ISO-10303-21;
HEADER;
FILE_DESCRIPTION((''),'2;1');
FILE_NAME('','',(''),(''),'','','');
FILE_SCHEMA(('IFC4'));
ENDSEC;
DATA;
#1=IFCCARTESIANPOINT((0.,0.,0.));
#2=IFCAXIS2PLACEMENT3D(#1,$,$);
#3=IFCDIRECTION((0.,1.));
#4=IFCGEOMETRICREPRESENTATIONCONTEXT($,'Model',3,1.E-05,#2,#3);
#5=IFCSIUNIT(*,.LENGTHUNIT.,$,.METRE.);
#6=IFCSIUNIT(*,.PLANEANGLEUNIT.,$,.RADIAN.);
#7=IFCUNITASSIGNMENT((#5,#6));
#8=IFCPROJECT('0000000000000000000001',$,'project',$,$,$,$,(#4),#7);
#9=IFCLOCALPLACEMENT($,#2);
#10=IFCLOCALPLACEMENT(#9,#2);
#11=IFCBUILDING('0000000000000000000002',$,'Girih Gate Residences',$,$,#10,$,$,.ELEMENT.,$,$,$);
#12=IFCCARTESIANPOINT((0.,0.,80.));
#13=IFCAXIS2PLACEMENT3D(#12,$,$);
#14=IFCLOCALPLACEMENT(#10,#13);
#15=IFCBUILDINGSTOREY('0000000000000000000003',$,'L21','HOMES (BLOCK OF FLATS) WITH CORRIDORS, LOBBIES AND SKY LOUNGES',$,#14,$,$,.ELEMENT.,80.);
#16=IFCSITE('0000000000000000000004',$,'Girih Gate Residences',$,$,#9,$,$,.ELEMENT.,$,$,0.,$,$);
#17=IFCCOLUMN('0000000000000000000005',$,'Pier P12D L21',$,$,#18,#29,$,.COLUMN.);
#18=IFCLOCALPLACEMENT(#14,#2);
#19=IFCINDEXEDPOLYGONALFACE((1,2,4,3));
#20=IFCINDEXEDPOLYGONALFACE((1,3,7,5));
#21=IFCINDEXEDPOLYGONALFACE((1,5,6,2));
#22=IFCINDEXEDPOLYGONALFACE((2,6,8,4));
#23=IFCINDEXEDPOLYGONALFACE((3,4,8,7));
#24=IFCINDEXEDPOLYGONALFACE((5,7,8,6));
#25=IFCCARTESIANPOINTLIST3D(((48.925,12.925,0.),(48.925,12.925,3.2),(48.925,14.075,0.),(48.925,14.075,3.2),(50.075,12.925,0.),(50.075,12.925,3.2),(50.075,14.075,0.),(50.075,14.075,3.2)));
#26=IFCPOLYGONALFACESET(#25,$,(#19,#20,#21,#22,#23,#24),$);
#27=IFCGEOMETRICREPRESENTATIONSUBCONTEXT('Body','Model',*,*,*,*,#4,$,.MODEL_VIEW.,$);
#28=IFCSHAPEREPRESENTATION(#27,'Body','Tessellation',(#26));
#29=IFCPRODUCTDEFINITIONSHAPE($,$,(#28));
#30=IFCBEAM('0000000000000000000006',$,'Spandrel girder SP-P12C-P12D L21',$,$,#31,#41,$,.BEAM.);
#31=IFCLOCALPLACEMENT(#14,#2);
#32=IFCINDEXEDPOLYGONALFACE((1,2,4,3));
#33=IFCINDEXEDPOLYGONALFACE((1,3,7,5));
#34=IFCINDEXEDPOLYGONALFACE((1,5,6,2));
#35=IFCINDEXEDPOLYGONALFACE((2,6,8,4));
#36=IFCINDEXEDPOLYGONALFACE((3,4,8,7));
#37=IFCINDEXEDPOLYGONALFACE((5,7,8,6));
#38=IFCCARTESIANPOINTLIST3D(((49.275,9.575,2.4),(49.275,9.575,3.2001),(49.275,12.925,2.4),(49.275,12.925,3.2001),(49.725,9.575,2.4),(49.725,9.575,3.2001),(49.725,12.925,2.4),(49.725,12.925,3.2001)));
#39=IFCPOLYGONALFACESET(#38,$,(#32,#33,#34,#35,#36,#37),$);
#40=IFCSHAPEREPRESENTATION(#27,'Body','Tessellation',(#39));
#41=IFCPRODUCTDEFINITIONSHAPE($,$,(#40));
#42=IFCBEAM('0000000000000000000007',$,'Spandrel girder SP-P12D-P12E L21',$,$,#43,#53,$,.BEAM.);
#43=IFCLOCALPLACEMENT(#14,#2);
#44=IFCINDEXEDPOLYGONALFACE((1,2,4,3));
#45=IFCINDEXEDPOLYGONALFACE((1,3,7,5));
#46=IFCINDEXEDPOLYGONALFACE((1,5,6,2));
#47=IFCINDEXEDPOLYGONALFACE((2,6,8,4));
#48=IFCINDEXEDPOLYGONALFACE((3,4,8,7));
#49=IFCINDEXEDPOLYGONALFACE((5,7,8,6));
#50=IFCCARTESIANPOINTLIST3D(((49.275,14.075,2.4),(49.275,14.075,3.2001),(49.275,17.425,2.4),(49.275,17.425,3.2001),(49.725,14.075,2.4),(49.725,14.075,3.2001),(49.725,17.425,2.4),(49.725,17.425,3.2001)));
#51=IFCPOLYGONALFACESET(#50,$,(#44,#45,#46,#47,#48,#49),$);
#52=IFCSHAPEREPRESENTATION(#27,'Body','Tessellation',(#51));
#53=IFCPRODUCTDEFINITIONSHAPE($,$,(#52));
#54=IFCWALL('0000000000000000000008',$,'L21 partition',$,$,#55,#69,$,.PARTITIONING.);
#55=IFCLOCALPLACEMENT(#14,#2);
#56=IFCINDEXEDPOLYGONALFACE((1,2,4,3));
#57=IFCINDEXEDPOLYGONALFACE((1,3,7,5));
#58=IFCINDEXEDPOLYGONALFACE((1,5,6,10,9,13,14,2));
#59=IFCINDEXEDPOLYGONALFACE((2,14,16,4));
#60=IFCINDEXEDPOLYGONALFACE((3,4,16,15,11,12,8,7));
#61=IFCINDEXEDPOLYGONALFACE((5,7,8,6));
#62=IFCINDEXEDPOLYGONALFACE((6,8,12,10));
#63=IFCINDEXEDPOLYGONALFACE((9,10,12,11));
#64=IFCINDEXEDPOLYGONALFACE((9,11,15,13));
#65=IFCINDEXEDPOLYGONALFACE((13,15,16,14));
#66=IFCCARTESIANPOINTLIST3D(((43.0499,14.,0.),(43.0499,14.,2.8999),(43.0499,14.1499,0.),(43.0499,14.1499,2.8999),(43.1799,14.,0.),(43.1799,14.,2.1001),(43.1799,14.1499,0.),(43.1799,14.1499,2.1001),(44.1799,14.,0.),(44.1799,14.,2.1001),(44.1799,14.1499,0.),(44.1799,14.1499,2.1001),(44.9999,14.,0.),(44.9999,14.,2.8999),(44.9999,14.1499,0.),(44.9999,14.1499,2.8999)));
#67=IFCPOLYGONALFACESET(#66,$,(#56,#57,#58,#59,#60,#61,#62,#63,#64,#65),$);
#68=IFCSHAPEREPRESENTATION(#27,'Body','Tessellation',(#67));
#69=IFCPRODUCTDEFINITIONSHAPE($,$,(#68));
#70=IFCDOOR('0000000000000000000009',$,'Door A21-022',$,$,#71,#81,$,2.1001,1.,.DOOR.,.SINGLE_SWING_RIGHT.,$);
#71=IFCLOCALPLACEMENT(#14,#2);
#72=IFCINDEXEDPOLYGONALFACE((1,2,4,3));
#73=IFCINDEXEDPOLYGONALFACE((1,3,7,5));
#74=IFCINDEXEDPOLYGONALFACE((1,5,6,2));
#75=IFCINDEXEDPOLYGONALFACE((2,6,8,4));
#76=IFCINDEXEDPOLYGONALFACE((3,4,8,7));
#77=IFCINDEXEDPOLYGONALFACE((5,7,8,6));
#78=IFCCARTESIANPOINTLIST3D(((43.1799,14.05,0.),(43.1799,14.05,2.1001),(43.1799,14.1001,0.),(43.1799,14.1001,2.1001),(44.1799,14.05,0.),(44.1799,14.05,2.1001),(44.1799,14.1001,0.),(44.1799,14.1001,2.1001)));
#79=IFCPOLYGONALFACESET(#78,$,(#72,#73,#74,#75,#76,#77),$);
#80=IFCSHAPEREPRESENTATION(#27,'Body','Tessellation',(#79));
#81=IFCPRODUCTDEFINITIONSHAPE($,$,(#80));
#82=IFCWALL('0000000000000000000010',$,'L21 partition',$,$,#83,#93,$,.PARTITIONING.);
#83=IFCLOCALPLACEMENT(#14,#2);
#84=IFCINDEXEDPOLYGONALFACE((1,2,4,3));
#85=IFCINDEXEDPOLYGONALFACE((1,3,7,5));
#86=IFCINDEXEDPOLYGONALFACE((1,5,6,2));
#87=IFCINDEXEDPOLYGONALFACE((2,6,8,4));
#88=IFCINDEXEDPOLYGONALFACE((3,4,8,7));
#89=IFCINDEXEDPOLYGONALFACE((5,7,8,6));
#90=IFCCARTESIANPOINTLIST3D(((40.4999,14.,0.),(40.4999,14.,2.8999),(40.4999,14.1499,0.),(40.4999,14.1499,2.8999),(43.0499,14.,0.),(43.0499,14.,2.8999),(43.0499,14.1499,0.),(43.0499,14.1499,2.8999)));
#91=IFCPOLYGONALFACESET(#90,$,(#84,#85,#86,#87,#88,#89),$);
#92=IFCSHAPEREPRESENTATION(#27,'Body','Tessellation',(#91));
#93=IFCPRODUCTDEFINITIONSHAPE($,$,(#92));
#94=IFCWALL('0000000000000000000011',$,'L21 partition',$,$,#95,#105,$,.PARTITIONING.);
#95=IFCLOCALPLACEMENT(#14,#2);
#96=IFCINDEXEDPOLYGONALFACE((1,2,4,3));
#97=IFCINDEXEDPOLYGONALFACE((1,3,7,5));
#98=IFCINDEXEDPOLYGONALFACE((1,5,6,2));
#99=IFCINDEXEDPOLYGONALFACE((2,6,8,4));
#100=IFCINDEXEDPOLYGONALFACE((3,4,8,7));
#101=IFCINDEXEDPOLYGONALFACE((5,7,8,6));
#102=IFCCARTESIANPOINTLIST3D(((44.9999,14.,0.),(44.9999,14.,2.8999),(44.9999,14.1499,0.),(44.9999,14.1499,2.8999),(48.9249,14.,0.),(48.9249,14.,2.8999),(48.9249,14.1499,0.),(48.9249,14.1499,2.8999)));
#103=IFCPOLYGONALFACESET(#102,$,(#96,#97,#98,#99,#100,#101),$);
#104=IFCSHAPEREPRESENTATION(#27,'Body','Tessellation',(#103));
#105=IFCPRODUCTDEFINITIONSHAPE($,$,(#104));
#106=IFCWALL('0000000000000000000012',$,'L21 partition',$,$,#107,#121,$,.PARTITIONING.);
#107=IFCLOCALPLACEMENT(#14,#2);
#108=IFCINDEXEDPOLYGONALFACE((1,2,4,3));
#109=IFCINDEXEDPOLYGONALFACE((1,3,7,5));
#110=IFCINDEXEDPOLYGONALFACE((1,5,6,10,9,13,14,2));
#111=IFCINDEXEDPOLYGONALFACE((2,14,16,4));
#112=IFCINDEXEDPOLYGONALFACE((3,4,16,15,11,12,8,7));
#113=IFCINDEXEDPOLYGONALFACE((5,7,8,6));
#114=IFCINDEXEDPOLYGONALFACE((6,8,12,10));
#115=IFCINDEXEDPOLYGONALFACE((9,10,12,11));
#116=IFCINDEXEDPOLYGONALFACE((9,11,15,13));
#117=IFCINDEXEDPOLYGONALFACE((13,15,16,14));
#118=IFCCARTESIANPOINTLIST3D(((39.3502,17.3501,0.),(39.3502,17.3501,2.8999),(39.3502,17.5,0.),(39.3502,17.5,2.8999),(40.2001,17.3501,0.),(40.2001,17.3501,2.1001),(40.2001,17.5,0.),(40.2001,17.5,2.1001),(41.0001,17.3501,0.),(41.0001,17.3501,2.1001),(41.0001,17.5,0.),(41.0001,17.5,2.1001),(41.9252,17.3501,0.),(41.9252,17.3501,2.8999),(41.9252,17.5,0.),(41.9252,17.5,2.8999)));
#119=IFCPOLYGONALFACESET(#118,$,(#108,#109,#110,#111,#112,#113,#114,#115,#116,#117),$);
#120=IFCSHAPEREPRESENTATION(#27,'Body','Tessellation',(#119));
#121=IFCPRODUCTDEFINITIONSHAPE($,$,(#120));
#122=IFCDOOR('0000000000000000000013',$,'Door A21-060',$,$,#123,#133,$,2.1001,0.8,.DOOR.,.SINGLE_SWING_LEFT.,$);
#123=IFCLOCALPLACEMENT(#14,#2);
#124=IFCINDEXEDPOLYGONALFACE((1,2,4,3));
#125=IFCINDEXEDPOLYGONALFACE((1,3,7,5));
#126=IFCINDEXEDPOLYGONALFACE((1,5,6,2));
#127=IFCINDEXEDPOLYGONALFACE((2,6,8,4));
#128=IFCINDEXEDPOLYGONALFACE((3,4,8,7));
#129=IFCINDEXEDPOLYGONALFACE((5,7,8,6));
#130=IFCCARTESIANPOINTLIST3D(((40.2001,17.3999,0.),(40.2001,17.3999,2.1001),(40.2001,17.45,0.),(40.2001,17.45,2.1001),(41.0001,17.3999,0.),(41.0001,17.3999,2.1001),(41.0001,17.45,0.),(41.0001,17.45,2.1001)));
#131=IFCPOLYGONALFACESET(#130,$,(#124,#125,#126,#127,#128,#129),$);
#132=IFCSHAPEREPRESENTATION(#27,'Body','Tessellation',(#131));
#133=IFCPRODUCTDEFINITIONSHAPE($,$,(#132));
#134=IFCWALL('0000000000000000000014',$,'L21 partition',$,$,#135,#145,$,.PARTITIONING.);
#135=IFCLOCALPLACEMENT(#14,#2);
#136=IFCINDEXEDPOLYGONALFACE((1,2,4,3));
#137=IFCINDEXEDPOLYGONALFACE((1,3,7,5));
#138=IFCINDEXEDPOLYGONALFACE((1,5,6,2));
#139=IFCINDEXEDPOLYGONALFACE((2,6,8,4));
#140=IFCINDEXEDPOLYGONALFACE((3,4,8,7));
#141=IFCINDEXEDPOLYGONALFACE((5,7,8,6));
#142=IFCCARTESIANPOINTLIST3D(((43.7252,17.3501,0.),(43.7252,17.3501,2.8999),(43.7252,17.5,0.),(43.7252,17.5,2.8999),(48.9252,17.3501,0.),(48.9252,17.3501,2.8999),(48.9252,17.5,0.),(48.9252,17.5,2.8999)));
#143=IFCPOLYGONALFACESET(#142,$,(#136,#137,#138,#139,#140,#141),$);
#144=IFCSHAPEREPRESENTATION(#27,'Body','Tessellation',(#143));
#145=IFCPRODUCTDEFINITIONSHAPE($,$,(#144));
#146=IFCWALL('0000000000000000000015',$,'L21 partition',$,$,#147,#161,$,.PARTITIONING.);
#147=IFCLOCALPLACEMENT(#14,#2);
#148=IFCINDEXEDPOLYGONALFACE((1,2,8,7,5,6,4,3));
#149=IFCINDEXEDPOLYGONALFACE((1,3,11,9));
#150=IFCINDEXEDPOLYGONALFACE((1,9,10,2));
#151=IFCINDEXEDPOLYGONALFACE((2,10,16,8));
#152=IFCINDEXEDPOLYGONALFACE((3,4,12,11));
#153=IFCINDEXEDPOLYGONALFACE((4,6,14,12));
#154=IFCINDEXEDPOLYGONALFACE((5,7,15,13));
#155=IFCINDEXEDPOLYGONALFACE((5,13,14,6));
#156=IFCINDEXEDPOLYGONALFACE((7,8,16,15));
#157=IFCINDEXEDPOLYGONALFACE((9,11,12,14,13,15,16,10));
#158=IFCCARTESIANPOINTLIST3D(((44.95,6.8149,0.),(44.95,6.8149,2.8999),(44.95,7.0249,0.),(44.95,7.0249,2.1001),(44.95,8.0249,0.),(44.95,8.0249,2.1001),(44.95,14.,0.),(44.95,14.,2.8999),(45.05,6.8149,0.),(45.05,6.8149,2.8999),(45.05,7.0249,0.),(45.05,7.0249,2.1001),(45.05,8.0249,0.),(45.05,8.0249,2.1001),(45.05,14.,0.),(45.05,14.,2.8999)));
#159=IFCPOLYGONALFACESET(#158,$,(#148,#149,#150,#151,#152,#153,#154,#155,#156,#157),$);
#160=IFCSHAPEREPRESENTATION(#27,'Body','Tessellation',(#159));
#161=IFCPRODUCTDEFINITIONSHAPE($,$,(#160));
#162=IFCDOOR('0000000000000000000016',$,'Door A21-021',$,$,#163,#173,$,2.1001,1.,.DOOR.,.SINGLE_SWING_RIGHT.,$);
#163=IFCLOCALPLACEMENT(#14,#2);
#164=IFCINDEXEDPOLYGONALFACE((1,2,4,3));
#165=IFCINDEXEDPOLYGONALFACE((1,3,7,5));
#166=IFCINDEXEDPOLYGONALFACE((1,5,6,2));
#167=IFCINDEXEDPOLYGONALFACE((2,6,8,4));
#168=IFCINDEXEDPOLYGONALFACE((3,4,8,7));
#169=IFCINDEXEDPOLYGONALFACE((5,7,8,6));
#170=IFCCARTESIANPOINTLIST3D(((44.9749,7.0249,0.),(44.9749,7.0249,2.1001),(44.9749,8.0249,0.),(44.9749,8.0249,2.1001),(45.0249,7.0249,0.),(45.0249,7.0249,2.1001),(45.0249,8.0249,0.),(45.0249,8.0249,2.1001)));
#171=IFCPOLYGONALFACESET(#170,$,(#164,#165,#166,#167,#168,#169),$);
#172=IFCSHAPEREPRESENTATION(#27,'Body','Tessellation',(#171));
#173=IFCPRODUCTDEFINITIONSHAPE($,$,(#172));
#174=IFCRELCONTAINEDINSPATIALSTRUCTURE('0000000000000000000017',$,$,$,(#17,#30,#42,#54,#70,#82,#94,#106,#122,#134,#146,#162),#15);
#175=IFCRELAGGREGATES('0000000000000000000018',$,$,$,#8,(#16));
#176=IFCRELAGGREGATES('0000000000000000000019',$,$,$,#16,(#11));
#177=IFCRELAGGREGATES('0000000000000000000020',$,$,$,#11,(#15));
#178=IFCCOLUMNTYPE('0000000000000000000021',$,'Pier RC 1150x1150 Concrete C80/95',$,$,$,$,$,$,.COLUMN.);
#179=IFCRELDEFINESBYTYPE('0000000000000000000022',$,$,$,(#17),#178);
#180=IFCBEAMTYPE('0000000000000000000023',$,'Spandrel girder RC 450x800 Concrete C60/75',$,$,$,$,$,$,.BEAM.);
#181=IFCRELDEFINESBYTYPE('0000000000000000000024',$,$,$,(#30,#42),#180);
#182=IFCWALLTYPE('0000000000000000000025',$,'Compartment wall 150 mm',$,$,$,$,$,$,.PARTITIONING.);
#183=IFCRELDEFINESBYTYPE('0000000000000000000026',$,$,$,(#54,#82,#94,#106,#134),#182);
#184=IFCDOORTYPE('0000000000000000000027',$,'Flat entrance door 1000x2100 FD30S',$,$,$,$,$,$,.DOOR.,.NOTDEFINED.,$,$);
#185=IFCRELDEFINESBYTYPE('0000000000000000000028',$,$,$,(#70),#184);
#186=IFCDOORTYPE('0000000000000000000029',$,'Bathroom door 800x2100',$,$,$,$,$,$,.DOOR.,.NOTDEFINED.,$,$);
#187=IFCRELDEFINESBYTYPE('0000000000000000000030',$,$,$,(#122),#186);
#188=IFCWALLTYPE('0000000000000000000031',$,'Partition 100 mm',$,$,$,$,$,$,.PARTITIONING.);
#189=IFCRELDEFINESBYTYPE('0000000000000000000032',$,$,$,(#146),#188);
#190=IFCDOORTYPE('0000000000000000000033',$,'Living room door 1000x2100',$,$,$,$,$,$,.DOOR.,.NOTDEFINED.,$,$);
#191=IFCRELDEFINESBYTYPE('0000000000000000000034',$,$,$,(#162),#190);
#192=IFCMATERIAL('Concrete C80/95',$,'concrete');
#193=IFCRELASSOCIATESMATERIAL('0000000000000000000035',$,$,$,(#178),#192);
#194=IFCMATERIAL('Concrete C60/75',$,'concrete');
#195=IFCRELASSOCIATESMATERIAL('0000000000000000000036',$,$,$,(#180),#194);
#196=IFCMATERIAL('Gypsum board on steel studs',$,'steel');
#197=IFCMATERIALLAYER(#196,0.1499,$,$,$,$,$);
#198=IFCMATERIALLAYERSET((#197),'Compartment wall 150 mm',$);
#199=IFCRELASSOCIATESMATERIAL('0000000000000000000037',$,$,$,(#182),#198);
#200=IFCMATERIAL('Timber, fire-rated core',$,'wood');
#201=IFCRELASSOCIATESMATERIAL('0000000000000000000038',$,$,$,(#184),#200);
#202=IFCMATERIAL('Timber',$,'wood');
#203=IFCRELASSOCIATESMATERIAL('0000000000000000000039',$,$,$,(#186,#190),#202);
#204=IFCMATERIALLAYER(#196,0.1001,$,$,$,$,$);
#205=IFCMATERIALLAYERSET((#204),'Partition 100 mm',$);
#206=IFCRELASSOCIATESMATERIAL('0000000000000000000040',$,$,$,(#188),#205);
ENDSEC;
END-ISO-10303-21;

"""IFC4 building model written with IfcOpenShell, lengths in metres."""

from ifc_helpers import new_model, si_unit, direction, frame, frame_2d, origin, origin_2d, place, context, subcontext, project, spatial, rectangle, extrude, material, layer, layer_set, material_profile, profile_set, type_object, element, fill, save


model = new_model("IFC4")

# Units and contexts
model_context = context("Model", 3, precision=1e-05, world=origin(), true_north=direction((0.0, 1.0)))
body_context = subcontext(model_context, "Body", "Model", "MODEL_VIEW")
ifc_project = project(units=[si_unit("LENGTHUNIT", "METRE"), si_unit("PLANEANGLEUNIT", "RADIAN")], contexts=[model_context])

# Site, building, storey
site_placement = place(None, origin())
site = spatial("IfcSite", under=ifc_project, at=site_placement, Name="Girih Gate Residences", CompositionType="ELEMENT", RefElevation=0.0)
building_placement = place(site_placement, origin())
building = spatial("IfcBuilding", under=site, at=building_placement, Name="Girih Gate Residences", CompositionType="ELEMENT")
storey_placement = place(building_placement, frame((0.0, 0.0, 80.0)))
storey = spatial("IfcBuildingStorey", under=building, at=storey_placement, Name="L21", Description="HOMES (BLOCK OF FLATS) WITH CORRIDORS, LOBBIES AND SKY LOUNGES", CompositionType="ELEMENT", Elevation=80.0)

# Column
ifc_material_1 = material(Name="Concrete C80/95", Category="concrete")
ifc_material_profile_1 = material_profile(ifc_material_1, rectangle(XDim=1.1499, YDim=1.1499, at=origin_2d()))
ifc_profile_set_1 = profile_set([ifc_material_profile_1], Name="Concrete C80/95")
column_type = type_object("IfcColumnType", Name="Pier RC 1150x1150 Concrete C80/95", PredefinedType="COLUMN", material=ifc_profile_set_1)
column_placement = place(storey_placement, frame((49.5, 13.5, 0.0), z_axis=(0.0, 0.0, 1.0), x_axis=(1.0, 0.0, 0.0)))
element("IfcColumn", 1, at=column_placement, inside=storey, type_object=column_type, Name="Pier P12D L21", PredefinedType="COLUMN", context=body_context, shape_type="SweptSolid", body=[
    extrude(rectangle(XDim=1.1499, YDim=1.1499, at=origin_2d()), origin(), (0.0, 0.0, 1.0), 3.2),
])

# Beams
ifc_material_2 = material(Name="Concrete C60/75", Category="concrete")
ifc_material_profile_2 = material_profile(ifc_material_2, rectangle(XDim=0.45, YDim=0.8, at=origin_2d()))
ifc_profile_set_2 = profile_set([ifc_material_profile_2], Name="Concrete C60/75")
beam_type = type_object("IfcBeamType", Name="Spandrel girder RC 450x800 Concrete C60/75", PredefinedType="BEAM", material=ifc_profile_set_2)
for number, where, z_axis, x_axis, name in (
    (2, (49.5, 9.575, 2.8), (0.0, 1.0, 0.0), (-1.0, 0.0, 0.0), "Spandrel girder SP-P12C-P12D L21"),
    (3, (49.5, 14.075, 2.8), (0.0, 1.0, 0.0), (-1.0, 0.0, 0.0), "Spandrel girder SP-P12D-P12E L21"),
):
    element("IfcBeam", number, at=place(storey_placement, frame(where, z_axis=z_axis, x_axis=x_axis)), inside=storey, type_object=beam_type, Name=name, PredefinedType="BEAM", context=body_context, shape_type="SweptSolid", body=[
        extrude(rectangle(XDim=0.45, YDim=0.8, at=origin_2d()), origin(), (0.0, 0.0, 1.0), 3.3501),
    ])

# Wall, opening, door
ifc_material_3 = material(Name="Gypsum board on steel studs", Category="steel")
ifc_layer_1 = layer(ifc_material_3, 0.1499)
ifc_layer_set_1 = layer_set([ifc_layer_1], Name="Compartment wall 150 mm")
wall_type_1 = type_object("IfcWallType", Name="Compartment wall 150 mm", PredefinedType="PARTITIONING", material=ifc_layer_set_1)
wall_1_placement = place(storey_placement, frame((45.0, 14.075, 0.0), z_axis=(0.0, 0.0, 1.0), x_axis=(-1.0, 0.0, 0.0)))
wall_1 = element("IfcWall", 4, at=wall_1_placement, inside=storey, type_object=wall_type_1, Name="L21 partition", PredefinedType="PARTITIONING", context=body_context, shape_type="SweptSolid", body=[
    extrude(rectangle(XDim=1.95, YDim=0.1499, at=frame_2d((0.9751, 0.0))), origin(), (0.0, 0.0, 1.0), 2.8999),
])
opening_1_placement = place(wall_1_placement, frame((0.8201, 0.0, 0.0)))
opening_1 = element("IfcOpeningElement", 5, at=opening_1_placement, cuts=wall_1, PredefinedType="OPENING", context=body_context, shape_type="SweptSolid", body=[
    extrude(rectangle(XDim=1.0, YDim=2.1001, at=frame_2d((0.5, 1.05))), frame((0.0, 0.085, 0.0), z_axis=(0.0, -1.0, 0.0), x_axis=(1.0, 0.0, 0.0)), (0.0, 0.0, 1.0), 0.1699),
])
ifc_material_4 = material(Name="Timber, fire-rated core", Category="wood")
door_type_1 = type_object("IfcDoorType", Name="Flat entrance door 1000x2100 FD30S", OperationType="NOTDEFINED", PredefinedType="DOOR", material=ifc_material_4)
door_1_placement = place(opening_1_placement, origin())
door_1 = element("IfcDoor", 6, at=door_1_placement, inside=storey, type_object=door_type_1, Name="Door A21-022", OperationType="SINGLE_SWING_RIGHT", OverallHeight=2.1001, OverallWidth=1.0, PredefinedType="DOOR", context=body_context, shape_type="SweptSolid", body=[
    extrude(rectangle(XDim=1.0, YDim=2.1001, at=frame_2d((0.5, 1.05))), frame((0.0, 0.0249, 0.0), z_axis=(0.0, -1.0, 0.0), x_axis=(1.0, 0.0, 0.0)), (0.0, 0.0, 1.0), 0.05),
])
fill(opening_1, door_1)

# Walls
wall_2_placement = place(storey_placement, frame((40.5, 14.075, 0.0), z_axis=(0.0, 0.0, 1.0), x_axis=(1.0, 0.0, 0.0)))
element("IfcWall", 7, at=wall_2_placement, inside=storey, type_object=wall_type_1, Name="L21 partition", PredefinedType="PARTITIONING", context=body_context, shape_type="SweptSolid", body=[
    extrude(rectangle(XDim=2.55, YDim=0.1499, at=frame_2d((1.2749, 0.0))), origin(), (0.0, 0.0, 1.0), 2.8999),
])
wall_3_placement = place(storey_placement, frame((45.0, 14.075, 0.0), z_axis=(0.0, 0.0, 1.0), x_axis=(1.0, 0.0, 0.0)))
element("IfcWall", 8, at=wall_3_placement, inside=storey, type_object=wall_type_1, Name="L21 partition", PredefinedType="PARTITIONING", context=body_context, shape_type="SweptSolid", body=[
    extrude(rectangle(XDim=3.925, YDim=0.1499, at=frame_2d((1.9624, 0.0))), origin(), (0.0, 0.0, 1.0), 2.8999),
])

# Wall, opening, door
wall_4_placement = place(storey_placement, frame((39.3501, 17.425, 0.0), z_axis=(0.0, 0.0, 1.0), x_axis=(1.0, 0.0, 0.0)))
wall_4 = element("IfcWall", 9, at=wall_4_placement, inside=storey, type_object=wall_type_1, Name="L21 partition", PredefinedType="PARTITIONING", context=body_context, shape_type="SweptSolid", body=[
    extrude(rectangle(XDim=2.575, YDim=0.1499, at=frame_2d((1.2876, 0.0))), origin(), (0.0, 0.0, 1.0), 2.8999),
])
opening_2_placement = place(wall_4_placement, frame((0.8501, 0.0, 0.0)))
opening_2 = element("IfcOpeningElement", 10, at=opening_2_placement, cuts=wall_4, PredefinedType="OPENING", context=body_context, shape_type="SweptSolid", body=[
    extrude(rectangle(XDim=0.8, YDim=2.1001, at=frame_2d((0.3999, 1.05))), frame((0.0, 0.085, 0.0), z_axis=(0.0, -1.0, 0.0), x_axis=(1.0, 0.0, 0.0)), (0.0, 0.0, 1.0), 0.1699),
])
ifc_material_5 = material(Name="Timber", Category="wood")
door_type_2 = type_object("IfcDoorType", Name="Bathroom door 800x2100", OperationType="NOTDEFINED", PredefinedType="DOOR", material=ifc_material_5)
door_2_placement = place(opening_2_placement, origin())
door_2 = element("IfcDoor", 11, at=door_2_placement, inside=storey, type_object=door_type_2, Name="Door A21-060", OperationType="SINGLE_SWING_LEFT", OverallHeight=2.1001, OverallWidth=0.8, PredefinedType="DOOR", context=body_context, shape_type="SweptSolid", body=[
    extrude(rectangle(XDim=0.8, YDim=2.1001, at=frame_2d((0.3999, 1.05))), frame((0.0, 0.0249, 0.0), z_axis=(0.0, -1.0, 0.0), x_axis=(1.0, 0.0, 0.0)), (0.0, 0.0, 1.0), 0.05),
])
fill(opening_2, door_2)

# Wall
wall_5_placement = place(storey_placement, frame((43.7251, 17.425, 0.0), z_axis=(0.0, 0.0, 1.0), x_axis=(1.0, 0.0, 0.0)))
element("IfcWall", 12, at=wall_5_placement, inside=storey, type_object=wall_type_1, Name="L21 partition", PredefinedType="PARTITIONING", context=body_context, shape_type="SweptSolid", body=[
    extrude(rectangle(XDim=5.2, YDim=0.1499, at=frame_2d((2.6001, 0.0))), origin(), (0.0, 0.0, 1.0), 2.8999),
])

# Wall, opening, door
ifc_layer_2 = layer(ifc_material_3, 0.1001)
ifc_layer_set_2 = layer_set([ifc_layer_2], Name="Partition 100 mm")
wall_type_2 = type_object("IfcWallType", Name="Partition 100 mm", PredefinedType="PARTITIONING", material=ifc_layer_set_2)
wall_6_placement = place(storey_placement, frame((45.0, 14.0, 0.0), z_axis=(0.0, 0.0, 1.0), x_axis=(0.0, -1.0, 0.0)))
wall_6 = element("IfcWall", 13, at=wall_6_placement, inside=storey, type_object=wall_type_2, Name="L21 partition", PredefinedType="PARTITIONING", context=body_context, shape_type="SweptSolid", body=[
    extrude(rectangle(XDim=7.1851, YDim=0.1001, at=frame_2d((3.5925, 0.0))), origin(), (0.0, 0.0, 1.0), 2.8999),
])
opening_3_placement = place(wall_6_placement, frame((5.9751, 0.0, 0.0)))
opening_3 = element("IfcOpeningElement", 14, at=opening_3_placement, cuts=wall_6, PredefinedType="OPENING", context=body_context, shape_type="SweptSolid", body=[
    extrude(rectangle(XDim=1.0, YDim=2.1001, at=frame_2d((0.5, 1.05))), frame((0.0, 0.0601, 0.0), z_axis=(0.0, -1.0, 0.0), x_axis=(1.0, 0.0, 0.0)), (0.0, 0.0, 1.0), 0.1201),
])
door_type_3 = type_object("IfcDoorType", Name="Living room door 1000x2100", OperationType="NOTDEFINED", PredefinedType="DOOR", material=ifc_material_5)
door_3_placement = place(opening_3_placement, origin())
door_3 = element("IfcDoor", 15, at=door_3_placement, inside=storey, type_object=door_type_3, Name="Door A21-021", OperationType="SINGLE_SWING_RIGHT", OverallHeight=2.1001, OverallWidth=1.0, PredefinedType="DOOR", context=body_context, shape_type="SweptSolid", body=[
    extrude(rectangle(XDim=1.0, YDim=2.1001, at=frame_2d((0.5, 1.05))), frame((0.0, 0.0249, 0.0), z_axis=(0.0, -1.0, 0.0), x_axis=(1.0, 0.0, 0.0)), (0.0, 0.0, 1.0), 0.05),
])
fill(opening_3, door_3)

save(model, "model.ifc")
